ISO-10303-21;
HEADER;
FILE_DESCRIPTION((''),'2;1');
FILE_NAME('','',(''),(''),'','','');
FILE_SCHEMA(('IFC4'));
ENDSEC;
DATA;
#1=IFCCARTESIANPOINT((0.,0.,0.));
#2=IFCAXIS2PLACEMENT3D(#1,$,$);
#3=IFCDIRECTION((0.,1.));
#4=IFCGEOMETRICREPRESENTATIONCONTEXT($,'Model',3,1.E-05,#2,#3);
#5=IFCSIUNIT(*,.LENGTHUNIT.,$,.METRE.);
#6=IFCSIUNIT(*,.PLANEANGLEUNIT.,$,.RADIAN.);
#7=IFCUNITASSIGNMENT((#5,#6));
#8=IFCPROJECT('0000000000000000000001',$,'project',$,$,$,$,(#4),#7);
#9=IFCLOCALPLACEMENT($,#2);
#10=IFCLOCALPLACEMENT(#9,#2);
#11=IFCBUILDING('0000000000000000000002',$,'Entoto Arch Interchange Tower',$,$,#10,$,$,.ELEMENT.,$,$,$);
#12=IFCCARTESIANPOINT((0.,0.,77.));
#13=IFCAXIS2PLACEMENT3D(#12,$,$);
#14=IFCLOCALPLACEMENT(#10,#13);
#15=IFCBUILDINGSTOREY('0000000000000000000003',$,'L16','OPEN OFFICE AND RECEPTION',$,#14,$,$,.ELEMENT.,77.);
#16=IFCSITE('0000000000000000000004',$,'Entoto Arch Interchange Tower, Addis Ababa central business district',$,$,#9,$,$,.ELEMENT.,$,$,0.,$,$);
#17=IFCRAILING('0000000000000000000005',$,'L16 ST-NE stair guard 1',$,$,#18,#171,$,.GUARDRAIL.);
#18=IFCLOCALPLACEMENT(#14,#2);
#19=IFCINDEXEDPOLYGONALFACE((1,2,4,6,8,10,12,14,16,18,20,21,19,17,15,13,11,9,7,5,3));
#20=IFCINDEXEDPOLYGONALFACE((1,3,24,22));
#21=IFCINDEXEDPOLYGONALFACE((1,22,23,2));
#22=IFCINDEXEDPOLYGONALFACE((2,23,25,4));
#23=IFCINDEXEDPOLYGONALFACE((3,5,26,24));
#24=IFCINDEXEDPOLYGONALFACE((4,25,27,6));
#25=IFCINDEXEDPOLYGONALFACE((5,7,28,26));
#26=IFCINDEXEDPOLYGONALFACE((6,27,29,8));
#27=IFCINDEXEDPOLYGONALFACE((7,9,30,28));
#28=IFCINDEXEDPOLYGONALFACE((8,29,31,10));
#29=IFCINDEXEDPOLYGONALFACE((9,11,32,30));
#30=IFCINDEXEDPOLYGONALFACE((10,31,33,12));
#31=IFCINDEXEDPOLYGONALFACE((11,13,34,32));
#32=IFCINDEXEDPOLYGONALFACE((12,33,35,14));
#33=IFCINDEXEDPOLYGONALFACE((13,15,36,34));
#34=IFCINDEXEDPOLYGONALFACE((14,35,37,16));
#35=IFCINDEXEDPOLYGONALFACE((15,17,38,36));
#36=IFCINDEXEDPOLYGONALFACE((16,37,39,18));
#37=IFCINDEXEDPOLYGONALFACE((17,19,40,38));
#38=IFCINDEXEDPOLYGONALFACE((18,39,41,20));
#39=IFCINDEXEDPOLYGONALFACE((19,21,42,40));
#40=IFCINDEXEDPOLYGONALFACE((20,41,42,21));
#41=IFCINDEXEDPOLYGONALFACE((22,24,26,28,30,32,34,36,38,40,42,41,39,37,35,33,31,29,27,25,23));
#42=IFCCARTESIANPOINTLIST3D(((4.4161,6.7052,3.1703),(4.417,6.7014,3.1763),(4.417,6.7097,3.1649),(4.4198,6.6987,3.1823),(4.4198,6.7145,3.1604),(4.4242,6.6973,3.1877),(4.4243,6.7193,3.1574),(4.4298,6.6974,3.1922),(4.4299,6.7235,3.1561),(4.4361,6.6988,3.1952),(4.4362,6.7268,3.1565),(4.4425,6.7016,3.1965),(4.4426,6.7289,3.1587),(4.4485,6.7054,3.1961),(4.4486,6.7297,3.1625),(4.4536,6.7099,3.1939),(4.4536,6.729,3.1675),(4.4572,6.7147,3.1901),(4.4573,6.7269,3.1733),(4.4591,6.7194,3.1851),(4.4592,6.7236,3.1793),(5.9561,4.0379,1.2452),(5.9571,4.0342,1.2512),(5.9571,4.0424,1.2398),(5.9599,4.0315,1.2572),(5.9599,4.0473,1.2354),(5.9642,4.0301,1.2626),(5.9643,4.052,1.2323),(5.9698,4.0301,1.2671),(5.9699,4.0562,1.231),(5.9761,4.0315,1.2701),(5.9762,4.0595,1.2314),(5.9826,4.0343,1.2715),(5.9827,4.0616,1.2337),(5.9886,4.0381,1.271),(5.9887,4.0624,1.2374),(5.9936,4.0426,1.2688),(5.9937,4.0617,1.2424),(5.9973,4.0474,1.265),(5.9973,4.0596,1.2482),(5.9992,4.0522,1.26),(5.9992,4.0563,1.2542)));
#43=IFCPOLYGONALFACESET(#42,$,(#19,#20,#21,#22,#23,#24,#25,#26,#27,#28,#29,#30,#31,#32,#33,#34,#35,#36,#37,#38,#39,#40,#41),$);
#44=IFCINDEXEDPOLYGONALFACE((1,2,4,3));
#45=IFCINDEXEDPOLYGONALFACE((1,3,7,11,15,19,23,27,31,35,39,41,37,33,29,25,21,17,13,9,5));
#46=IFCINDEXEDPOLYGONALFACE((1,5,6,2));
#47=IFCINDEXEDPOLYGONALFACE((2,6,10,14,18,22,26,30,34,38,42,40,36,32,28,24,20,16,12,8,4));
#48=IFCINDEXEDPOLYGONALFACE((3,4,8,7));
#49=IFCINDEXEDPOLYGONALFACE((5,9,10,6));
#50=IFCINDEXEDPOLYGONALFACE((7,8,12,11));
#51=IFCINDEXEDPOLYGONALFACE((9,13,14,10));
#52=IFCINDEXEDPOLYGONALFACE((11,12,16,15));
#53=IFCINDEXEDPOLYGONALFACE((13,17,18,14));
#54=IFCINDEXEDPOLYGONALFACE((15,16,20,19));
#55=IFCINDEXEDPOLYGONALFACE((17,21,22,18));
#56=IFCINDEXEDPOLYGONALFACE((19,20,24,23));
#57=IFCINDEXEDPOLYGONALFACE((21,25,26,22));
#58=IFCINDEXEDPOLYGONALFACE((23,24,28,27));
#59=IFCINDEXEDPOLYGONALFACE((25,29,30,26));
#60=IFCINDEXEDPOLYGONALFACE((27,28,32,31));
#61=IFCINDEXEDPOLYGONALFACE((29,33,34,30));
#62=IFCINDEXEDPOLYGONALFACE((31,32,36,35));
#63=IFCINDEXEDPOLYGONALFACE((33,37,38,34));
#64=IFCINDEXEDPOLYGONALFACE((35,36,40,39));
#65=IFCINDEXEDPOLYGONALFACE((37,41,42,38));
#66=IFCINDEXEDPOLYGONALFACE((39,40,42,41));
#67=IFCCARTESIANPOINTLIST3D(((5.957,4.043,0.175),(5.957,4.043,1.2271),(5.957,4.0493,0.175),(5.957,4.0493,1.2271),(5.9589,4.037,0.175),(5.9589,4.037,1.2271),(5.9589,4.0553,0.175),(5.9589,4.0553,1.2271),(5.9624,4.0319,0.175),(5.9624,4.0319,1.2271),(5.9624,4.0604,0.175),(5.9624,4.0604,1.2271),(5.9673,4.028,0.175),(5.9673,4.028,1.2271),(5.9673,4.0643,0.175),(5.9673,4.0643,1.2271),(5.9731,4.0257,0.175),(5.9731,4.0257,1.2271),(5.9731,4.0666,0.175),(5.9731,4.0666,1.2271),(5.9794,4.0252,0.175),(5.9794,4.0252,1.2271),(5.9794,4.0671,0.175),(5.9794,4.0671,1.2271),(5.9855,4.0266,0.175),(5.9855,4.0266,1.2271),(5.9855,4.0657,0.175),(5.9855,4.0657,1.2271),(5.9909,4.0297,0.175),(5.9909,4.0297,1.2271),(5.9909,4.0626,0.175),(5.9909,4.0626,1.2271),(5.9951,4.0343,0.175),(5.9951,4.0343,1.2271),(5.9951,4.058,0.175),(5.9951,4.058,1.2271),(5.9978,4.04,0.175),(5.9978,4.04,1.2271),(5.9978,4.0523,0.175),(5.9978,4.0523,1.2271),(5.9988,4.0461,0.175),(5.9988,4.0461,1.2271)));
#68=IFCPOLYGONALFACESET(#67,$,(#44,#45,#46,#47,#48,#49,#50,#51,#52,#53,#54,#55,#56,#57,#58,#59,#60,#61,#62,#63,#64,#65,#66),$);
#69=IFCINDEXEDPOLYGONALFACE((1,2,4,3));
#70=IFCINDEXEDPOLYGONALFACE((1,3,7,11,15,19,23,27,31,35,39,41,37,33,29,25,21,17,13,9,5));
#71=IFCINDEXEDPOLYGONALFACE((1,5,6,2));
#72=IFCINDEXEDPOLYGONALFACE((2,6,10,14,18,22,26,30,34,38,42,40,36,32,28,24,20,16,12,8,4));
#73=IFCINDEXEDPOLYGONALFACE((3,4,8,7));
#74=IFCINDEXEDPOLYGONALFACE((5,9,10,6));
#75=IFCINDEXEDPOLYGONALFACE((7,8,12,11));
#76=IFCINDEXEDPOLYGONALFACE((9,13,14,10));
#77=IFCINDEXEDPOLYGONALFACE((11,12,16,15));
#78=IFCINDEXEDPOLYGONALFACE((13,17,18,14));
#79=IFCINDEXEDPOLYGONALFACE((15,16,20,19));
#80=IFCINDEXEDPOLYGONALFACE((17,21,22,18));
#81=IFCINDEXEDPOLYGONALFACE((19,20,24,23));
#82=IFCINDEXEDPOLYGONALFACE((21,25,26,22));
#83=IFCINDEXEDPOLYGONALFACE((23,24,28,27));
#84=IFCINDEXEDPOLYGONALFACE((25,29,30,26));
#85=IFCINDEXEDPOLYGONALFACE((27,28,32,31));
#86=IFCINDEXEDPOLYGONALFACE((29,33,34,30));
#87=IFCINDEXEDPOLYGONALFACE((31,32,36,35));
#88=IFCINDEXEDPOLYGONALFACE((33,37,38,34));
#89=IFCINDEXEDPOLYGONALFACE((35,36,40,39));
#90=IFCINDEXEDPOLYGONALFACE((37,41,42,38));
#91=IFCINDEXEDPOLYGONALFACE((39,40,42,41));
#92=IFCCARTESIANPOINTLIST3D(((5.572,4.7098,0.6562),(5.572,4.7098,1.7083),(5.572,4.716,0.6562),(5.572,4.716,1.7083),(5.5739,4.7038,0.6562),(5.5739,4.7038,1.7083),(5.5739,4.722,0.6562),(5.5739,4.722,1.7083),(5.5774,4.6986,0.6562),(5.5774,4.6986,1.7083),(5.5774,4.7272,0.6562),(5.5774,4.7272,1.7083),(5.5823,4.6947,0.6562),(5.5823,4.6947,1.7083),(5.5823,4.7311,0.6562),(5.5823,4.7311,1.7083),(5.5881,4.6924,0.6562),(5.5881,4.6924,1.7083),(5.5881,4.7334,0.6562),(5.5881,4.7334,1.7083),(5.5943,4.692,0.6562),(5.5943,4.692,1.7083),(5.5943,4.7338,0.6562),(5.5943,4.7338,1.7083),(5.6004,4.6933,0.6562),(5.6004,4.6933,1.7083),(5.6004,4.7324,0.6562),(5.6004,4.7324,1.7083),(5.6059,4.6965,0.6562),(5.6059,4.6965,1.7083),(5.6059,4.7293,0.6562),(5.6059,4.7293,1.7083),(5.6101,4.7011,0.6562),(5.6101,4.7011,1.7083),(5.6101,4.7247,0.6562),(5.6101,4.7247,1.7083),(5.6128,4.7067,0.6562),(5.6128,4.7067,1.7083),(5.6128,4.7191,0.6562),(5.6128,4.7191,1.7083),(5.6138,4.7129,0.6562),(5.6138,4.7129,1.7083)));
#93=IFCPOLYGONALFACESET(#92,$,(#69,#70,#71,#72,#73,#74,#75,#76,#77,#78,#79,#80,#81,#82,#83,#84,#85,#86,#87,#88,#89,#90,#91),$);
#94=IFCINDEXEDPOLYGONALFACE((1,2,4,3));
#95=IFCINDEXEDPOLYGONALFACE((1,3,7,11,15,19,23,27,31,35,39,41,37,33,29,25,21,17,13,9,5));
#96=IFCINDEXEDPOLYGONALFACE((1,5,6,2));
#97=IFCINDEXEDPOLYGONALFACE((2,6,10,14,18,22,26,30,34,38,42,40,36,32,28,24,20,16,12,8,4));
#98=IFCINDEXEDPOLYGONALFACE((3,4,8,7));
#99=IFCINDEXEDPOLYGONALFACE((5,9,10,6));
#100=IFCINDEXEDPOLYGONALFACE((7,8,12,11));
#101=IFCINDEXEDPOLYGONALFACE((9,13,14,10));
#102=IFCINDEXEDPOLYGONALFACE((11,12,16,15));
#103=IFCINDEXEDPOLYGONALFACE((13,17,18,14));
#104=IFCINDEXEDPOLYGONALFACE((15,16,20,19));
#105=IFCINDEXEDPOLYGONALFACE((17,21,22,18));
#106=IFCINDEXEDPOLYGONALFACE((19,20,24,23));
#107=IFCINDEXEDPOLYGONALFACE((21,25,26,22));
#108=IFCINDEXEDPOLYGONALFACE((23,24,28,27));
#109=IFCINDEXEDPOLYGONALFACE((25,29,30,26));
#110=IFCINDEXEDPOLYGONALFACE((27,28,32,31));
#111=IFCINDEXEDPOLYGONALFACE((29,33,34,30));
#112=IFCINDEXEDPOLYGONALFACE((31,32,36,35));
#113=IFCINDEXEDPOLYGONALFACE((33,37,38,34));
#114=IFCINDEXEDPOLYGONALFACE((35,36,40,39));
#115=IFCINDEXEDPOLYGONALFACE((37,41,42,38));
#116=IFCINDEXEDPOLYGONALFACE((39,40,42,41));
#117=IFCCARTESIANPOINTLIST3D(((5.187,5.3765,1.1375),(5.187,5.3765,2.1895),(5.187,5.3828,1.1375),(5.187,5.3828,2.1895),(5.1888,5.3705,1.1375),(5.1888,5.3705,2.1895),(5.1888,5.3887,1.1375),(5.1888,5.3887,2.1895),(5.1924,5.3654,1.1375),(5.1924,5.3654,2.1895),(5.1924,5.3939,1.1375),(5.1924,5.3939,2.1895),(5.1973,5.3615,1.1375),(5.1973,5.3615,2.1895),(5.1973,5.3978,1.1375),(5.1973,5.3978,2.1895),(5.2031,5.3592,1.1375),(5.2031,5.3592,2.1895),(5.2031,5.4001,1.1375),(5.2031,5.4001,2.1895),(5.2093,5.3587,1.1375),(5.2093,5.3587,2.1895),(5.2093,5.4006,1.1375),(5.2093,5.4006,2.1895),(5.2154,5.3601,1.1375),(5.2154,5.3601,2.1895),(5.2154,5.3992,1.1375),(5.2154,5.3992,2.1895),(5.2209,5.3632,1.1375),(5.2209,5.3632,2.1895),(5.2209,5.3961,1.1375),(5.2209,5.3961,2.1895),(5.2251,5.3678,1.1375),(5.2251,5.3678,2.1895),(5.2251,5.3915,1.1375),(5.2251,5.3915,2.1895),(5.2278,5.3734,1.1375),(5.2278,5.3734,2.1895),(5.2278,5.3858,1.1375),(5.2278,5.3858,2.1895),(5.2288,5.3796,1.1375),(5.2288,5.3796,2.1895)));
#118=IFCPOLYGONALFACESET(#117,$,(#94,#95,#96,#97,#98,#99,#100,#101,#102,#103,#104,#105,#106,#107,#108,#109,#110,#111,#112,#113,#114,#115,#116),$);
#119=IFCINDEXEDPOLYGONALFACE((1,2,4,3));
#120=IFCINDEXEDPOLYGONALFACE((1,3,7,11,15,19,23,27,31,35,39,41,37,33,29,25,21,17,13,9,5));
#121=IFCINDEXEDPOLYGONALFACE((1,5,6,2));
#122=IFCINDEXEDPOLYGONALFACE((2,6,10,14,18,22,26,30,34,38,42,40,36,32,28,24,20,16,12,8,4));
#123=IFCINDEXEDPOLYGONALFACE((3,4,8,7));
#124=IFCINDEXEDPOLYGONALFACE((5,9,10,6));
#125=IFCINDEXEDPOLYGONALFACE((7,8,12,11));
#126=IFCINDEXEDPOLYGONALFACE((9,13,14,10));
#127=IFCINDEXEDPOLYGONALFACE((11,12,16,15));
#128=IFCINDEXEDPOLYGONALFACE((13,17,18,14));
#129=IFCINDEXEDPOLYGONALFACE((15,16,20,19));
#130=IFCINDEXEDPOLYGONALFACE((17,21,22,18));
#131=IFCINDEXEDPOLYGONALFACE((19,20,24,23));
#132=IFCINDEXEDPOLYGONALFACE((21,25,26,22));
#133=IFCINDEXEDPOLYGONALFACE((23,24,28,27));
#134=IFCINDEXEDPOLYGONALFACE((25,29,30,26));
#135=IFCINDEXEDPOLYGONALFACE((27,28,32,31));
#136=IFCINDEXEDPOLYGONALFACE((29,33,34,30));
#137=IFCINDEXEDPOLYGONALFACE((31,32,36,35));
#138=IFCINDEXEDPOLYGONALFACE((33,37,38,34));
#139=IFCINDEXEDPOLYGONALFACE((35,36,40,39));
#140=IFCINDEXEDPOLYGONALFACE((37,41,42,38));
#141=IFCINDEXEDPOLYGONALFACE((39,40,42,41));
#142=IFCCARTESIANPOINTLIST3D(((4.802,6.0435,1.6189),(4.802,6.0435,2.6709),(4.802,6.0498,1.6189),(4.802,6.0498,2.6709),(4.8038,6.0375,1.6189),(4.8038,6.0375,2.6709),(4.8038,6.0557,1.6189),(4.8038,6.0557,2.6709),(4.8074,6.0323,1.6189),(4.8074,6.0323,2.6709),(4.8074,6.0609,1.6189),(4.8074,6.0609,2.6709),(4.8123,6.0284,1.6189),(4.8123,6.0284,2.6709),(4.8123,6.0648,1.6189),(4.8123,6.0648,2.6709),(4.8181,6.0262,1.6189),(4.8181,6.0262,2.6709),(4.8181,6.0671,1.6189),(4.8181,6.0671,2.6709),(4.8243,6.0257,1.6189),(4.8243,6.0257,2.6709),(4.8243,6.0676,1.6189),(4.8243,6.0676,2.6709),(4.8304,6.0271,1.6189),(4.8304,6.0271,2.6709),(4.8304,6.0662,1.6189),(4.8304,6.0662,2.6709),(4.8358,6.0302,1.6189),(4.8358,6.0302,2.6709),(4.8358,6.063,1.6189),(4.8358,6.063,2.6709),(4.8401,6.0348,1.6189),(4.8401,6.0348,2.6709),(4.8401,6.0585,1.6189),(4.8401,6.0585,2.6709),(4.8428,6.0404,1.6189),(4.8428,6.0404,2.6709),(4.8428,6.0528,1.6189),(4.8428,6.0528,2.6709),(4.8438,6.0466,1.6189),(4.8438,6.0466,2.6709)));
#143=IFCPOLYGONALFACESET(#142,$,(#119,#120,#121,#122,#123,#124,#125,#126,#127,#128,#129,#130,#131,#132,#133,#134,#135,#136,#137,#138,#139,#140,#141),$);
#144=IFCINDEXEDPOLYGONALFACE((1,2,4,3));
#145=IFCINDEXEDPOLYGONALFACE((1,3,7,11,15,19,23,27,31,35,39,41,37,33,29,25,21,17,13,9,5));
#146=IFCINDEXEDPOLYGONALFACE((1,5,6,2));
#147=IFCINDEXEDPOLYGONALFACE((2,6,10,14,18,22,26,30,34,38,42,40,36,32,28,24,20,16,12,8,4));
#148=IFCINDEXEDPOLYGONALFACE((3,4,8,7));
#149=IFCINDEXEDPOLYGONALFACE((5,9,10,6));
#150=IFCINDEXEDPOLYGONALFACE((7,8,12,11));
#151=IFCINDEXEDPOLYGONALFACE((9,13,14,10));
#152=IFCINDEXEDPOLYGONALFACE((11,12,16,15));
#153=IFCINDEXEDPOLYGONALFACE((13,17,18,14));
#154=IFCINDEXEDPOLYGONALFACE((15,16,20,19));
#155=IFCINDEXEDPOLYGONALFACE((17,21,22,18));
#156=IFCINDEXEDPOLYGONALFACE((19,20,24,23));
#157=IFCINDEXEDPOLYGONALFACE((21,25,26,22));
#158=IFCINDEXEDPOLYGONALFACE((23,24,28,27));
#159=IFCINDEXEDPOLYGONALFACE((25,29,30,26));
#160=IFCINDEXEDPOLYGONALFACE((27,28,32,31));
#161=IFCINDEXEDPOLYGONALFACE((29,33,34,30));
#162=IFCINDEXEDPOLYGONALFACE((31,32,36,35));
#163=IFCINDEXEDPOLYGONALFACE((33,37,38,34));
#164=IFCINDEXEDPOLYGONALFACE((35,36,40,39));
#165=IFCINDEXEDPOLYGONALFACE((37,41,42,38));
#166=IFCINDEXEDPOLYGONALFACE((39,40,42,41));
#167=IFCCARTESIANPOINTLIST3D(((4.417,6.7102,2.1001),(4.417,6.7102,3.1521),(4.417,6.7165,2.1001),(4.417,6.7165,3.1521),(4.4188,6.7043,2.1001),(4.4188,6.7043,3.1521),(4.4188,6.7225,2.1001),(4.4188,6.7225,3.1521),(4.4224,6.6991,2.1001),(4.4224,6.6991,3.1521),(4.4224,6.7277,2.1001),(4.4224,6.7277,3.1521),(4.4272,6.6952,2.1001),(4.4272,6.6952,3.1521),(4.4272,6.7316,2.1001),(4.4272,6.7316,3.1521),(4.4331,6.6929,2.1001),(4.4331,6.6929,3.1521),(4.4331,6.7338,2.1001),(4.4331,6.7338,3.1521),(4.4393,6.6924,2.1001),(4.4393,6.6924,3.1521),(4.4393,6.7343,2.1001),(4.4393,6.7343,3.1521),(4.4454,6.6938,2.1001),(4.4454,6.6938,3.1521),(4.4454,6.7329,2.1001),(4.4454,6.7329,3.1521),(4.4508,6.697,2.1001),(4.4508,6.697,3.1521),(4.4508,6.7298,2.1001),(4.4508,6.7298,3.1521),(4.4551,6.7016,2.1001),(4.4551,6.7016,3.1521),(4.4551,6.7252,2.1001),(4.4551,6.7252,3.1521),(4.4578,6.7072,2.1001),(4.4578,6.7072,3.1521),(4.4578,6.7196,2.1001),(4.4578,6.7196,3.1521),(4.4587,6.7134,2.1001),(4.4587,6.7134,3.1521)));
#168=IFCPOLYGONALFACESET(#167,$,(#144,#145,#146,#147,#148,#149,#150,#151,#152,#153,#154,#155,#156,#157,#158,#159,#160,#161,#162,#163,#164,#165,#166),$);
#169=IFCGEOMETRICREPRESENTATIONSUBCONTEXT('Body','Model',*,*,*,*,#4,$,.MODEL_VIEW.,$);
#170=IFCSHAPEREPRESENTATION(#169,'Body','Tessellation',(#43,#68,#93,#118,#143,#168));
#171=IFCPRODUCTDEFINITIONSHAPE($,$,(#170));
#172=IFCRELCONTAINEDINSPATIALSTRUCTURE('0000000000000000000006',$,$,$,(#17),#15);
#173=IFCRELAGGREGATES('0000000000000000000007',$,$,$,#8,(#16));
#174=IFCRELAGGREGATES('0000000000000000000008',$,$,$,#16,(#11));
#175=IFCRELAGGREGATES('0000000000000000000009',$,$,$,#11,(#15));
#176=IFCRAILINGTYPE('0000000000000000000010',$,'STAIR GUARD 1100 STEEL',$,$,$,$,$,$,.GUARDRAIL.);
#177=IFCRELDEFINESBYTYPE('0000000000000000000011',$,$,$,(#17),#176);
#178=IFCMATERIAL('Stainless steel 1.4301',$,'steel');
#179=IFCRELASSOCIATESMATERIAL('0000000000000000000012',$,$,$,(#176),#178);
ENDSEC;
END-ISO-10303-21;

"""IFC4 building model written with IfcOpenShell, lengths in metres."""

from ifc_helpers import new_model, si_unit, direction, frame, origin, origin_2d, place, context, subcontext, project, spatial, circle, extrude, material, type_object, element, save


model = new_model("IFC4")

# Units and contexts
model_context = context("Model", 3, precision=1e-05, world=origin(), true_north=direction((0.0, 1.0)))
body_context = subcontext(model_context, "Body", "Model", "MODEL_VIEW")
ifc_project = project(units=[si_unit("LENGTHUNIT", "METRE"), si_unit("PLANEANGLEUNIT", "RADIAN")], contexts=[model_context])

# Site, building, storey
site_placement = place(None, origin())
site = spatial("IfcSite", under=ifc_project, at=site_placement, Name="Entoto Arch Interchange Tower, Addis Ababa central business district", CompositionType="ELEMENT", RefElevation=0.0)
building_placement = place(site_placement, origin())
building = spatial("IfcBuilding", under=site, at=building_placement, Name="Entoto Arch Interchange Tower", CompositionType="ELEMENT")
storey_placement = place(building_placement, frame((0.0, 0.0, 77.0)))
storey = spatial("IfcBuildingStorey", under=building, at=storey_placement, Name="L16", Description="OPEN OFFICE AND RECEPTION", CompositionType="ELEMENT", Elevation=77.0)

# Railing
ifc_material_1 = material(Name="Stainless steel 1.4301", Category="steel")
railing_type_1 = type_object("IfcRailingType", Name="STAIR GUARD 1100 STEEL", PredefinedType="GUARDRAIL", material=ifc_material_1)
railing_1_placement = place(storey_placement, frame((5.9778, 4.0461, 0.175)))
element("IfcRailing", 1, at=railing_1_placement, inside=storey, type_object=railing_type_1, Name="L16 ST-NE stair guard 1", PredefinedType="GUARDRAIL", context=body_context, shape_type="SweptSolid", body=[
    extrude(circle(Radius=0.0239, at=origin_2d()), frame((0.0, 0.0, 1.0762), z_axis=(-0.424015, 0.734364, 0.530019), x_axis=(-0.86601, -0.500027, 0.0)), (0.0, 0.0, 1.0), 3.6321),
    extrude(circle(Radius=0.021, at=origin_2d()), origin(), (0.0, 0.0, 1.0), 1.052),
    extrude(circle(Radius=0.021, at=origin_2d()), frame((-0.385, 0.6667, 0.4812)), (0.0, 0.0, 1.0), 1.052),
    extrude(circle(Radius=0.021, at=origin_2d()), frame((-0.77, 1.3335, 0.9624)), (0.0, 0.0, 1.0), 1.052),
    extrude(circle(Radius=0.021, at=origin_2d()), frame((-1.155, 2.0005, 1.4438)), (0.0, 0.0, 1.0), 1.052),
    extrude(circle(Radius=0.021, at=origin_2d()), frame((-1.54, 2.6672, 1.925)), (0.0, 0.0, 1.0), 1.052),
])

save(model, "model.ifc")
